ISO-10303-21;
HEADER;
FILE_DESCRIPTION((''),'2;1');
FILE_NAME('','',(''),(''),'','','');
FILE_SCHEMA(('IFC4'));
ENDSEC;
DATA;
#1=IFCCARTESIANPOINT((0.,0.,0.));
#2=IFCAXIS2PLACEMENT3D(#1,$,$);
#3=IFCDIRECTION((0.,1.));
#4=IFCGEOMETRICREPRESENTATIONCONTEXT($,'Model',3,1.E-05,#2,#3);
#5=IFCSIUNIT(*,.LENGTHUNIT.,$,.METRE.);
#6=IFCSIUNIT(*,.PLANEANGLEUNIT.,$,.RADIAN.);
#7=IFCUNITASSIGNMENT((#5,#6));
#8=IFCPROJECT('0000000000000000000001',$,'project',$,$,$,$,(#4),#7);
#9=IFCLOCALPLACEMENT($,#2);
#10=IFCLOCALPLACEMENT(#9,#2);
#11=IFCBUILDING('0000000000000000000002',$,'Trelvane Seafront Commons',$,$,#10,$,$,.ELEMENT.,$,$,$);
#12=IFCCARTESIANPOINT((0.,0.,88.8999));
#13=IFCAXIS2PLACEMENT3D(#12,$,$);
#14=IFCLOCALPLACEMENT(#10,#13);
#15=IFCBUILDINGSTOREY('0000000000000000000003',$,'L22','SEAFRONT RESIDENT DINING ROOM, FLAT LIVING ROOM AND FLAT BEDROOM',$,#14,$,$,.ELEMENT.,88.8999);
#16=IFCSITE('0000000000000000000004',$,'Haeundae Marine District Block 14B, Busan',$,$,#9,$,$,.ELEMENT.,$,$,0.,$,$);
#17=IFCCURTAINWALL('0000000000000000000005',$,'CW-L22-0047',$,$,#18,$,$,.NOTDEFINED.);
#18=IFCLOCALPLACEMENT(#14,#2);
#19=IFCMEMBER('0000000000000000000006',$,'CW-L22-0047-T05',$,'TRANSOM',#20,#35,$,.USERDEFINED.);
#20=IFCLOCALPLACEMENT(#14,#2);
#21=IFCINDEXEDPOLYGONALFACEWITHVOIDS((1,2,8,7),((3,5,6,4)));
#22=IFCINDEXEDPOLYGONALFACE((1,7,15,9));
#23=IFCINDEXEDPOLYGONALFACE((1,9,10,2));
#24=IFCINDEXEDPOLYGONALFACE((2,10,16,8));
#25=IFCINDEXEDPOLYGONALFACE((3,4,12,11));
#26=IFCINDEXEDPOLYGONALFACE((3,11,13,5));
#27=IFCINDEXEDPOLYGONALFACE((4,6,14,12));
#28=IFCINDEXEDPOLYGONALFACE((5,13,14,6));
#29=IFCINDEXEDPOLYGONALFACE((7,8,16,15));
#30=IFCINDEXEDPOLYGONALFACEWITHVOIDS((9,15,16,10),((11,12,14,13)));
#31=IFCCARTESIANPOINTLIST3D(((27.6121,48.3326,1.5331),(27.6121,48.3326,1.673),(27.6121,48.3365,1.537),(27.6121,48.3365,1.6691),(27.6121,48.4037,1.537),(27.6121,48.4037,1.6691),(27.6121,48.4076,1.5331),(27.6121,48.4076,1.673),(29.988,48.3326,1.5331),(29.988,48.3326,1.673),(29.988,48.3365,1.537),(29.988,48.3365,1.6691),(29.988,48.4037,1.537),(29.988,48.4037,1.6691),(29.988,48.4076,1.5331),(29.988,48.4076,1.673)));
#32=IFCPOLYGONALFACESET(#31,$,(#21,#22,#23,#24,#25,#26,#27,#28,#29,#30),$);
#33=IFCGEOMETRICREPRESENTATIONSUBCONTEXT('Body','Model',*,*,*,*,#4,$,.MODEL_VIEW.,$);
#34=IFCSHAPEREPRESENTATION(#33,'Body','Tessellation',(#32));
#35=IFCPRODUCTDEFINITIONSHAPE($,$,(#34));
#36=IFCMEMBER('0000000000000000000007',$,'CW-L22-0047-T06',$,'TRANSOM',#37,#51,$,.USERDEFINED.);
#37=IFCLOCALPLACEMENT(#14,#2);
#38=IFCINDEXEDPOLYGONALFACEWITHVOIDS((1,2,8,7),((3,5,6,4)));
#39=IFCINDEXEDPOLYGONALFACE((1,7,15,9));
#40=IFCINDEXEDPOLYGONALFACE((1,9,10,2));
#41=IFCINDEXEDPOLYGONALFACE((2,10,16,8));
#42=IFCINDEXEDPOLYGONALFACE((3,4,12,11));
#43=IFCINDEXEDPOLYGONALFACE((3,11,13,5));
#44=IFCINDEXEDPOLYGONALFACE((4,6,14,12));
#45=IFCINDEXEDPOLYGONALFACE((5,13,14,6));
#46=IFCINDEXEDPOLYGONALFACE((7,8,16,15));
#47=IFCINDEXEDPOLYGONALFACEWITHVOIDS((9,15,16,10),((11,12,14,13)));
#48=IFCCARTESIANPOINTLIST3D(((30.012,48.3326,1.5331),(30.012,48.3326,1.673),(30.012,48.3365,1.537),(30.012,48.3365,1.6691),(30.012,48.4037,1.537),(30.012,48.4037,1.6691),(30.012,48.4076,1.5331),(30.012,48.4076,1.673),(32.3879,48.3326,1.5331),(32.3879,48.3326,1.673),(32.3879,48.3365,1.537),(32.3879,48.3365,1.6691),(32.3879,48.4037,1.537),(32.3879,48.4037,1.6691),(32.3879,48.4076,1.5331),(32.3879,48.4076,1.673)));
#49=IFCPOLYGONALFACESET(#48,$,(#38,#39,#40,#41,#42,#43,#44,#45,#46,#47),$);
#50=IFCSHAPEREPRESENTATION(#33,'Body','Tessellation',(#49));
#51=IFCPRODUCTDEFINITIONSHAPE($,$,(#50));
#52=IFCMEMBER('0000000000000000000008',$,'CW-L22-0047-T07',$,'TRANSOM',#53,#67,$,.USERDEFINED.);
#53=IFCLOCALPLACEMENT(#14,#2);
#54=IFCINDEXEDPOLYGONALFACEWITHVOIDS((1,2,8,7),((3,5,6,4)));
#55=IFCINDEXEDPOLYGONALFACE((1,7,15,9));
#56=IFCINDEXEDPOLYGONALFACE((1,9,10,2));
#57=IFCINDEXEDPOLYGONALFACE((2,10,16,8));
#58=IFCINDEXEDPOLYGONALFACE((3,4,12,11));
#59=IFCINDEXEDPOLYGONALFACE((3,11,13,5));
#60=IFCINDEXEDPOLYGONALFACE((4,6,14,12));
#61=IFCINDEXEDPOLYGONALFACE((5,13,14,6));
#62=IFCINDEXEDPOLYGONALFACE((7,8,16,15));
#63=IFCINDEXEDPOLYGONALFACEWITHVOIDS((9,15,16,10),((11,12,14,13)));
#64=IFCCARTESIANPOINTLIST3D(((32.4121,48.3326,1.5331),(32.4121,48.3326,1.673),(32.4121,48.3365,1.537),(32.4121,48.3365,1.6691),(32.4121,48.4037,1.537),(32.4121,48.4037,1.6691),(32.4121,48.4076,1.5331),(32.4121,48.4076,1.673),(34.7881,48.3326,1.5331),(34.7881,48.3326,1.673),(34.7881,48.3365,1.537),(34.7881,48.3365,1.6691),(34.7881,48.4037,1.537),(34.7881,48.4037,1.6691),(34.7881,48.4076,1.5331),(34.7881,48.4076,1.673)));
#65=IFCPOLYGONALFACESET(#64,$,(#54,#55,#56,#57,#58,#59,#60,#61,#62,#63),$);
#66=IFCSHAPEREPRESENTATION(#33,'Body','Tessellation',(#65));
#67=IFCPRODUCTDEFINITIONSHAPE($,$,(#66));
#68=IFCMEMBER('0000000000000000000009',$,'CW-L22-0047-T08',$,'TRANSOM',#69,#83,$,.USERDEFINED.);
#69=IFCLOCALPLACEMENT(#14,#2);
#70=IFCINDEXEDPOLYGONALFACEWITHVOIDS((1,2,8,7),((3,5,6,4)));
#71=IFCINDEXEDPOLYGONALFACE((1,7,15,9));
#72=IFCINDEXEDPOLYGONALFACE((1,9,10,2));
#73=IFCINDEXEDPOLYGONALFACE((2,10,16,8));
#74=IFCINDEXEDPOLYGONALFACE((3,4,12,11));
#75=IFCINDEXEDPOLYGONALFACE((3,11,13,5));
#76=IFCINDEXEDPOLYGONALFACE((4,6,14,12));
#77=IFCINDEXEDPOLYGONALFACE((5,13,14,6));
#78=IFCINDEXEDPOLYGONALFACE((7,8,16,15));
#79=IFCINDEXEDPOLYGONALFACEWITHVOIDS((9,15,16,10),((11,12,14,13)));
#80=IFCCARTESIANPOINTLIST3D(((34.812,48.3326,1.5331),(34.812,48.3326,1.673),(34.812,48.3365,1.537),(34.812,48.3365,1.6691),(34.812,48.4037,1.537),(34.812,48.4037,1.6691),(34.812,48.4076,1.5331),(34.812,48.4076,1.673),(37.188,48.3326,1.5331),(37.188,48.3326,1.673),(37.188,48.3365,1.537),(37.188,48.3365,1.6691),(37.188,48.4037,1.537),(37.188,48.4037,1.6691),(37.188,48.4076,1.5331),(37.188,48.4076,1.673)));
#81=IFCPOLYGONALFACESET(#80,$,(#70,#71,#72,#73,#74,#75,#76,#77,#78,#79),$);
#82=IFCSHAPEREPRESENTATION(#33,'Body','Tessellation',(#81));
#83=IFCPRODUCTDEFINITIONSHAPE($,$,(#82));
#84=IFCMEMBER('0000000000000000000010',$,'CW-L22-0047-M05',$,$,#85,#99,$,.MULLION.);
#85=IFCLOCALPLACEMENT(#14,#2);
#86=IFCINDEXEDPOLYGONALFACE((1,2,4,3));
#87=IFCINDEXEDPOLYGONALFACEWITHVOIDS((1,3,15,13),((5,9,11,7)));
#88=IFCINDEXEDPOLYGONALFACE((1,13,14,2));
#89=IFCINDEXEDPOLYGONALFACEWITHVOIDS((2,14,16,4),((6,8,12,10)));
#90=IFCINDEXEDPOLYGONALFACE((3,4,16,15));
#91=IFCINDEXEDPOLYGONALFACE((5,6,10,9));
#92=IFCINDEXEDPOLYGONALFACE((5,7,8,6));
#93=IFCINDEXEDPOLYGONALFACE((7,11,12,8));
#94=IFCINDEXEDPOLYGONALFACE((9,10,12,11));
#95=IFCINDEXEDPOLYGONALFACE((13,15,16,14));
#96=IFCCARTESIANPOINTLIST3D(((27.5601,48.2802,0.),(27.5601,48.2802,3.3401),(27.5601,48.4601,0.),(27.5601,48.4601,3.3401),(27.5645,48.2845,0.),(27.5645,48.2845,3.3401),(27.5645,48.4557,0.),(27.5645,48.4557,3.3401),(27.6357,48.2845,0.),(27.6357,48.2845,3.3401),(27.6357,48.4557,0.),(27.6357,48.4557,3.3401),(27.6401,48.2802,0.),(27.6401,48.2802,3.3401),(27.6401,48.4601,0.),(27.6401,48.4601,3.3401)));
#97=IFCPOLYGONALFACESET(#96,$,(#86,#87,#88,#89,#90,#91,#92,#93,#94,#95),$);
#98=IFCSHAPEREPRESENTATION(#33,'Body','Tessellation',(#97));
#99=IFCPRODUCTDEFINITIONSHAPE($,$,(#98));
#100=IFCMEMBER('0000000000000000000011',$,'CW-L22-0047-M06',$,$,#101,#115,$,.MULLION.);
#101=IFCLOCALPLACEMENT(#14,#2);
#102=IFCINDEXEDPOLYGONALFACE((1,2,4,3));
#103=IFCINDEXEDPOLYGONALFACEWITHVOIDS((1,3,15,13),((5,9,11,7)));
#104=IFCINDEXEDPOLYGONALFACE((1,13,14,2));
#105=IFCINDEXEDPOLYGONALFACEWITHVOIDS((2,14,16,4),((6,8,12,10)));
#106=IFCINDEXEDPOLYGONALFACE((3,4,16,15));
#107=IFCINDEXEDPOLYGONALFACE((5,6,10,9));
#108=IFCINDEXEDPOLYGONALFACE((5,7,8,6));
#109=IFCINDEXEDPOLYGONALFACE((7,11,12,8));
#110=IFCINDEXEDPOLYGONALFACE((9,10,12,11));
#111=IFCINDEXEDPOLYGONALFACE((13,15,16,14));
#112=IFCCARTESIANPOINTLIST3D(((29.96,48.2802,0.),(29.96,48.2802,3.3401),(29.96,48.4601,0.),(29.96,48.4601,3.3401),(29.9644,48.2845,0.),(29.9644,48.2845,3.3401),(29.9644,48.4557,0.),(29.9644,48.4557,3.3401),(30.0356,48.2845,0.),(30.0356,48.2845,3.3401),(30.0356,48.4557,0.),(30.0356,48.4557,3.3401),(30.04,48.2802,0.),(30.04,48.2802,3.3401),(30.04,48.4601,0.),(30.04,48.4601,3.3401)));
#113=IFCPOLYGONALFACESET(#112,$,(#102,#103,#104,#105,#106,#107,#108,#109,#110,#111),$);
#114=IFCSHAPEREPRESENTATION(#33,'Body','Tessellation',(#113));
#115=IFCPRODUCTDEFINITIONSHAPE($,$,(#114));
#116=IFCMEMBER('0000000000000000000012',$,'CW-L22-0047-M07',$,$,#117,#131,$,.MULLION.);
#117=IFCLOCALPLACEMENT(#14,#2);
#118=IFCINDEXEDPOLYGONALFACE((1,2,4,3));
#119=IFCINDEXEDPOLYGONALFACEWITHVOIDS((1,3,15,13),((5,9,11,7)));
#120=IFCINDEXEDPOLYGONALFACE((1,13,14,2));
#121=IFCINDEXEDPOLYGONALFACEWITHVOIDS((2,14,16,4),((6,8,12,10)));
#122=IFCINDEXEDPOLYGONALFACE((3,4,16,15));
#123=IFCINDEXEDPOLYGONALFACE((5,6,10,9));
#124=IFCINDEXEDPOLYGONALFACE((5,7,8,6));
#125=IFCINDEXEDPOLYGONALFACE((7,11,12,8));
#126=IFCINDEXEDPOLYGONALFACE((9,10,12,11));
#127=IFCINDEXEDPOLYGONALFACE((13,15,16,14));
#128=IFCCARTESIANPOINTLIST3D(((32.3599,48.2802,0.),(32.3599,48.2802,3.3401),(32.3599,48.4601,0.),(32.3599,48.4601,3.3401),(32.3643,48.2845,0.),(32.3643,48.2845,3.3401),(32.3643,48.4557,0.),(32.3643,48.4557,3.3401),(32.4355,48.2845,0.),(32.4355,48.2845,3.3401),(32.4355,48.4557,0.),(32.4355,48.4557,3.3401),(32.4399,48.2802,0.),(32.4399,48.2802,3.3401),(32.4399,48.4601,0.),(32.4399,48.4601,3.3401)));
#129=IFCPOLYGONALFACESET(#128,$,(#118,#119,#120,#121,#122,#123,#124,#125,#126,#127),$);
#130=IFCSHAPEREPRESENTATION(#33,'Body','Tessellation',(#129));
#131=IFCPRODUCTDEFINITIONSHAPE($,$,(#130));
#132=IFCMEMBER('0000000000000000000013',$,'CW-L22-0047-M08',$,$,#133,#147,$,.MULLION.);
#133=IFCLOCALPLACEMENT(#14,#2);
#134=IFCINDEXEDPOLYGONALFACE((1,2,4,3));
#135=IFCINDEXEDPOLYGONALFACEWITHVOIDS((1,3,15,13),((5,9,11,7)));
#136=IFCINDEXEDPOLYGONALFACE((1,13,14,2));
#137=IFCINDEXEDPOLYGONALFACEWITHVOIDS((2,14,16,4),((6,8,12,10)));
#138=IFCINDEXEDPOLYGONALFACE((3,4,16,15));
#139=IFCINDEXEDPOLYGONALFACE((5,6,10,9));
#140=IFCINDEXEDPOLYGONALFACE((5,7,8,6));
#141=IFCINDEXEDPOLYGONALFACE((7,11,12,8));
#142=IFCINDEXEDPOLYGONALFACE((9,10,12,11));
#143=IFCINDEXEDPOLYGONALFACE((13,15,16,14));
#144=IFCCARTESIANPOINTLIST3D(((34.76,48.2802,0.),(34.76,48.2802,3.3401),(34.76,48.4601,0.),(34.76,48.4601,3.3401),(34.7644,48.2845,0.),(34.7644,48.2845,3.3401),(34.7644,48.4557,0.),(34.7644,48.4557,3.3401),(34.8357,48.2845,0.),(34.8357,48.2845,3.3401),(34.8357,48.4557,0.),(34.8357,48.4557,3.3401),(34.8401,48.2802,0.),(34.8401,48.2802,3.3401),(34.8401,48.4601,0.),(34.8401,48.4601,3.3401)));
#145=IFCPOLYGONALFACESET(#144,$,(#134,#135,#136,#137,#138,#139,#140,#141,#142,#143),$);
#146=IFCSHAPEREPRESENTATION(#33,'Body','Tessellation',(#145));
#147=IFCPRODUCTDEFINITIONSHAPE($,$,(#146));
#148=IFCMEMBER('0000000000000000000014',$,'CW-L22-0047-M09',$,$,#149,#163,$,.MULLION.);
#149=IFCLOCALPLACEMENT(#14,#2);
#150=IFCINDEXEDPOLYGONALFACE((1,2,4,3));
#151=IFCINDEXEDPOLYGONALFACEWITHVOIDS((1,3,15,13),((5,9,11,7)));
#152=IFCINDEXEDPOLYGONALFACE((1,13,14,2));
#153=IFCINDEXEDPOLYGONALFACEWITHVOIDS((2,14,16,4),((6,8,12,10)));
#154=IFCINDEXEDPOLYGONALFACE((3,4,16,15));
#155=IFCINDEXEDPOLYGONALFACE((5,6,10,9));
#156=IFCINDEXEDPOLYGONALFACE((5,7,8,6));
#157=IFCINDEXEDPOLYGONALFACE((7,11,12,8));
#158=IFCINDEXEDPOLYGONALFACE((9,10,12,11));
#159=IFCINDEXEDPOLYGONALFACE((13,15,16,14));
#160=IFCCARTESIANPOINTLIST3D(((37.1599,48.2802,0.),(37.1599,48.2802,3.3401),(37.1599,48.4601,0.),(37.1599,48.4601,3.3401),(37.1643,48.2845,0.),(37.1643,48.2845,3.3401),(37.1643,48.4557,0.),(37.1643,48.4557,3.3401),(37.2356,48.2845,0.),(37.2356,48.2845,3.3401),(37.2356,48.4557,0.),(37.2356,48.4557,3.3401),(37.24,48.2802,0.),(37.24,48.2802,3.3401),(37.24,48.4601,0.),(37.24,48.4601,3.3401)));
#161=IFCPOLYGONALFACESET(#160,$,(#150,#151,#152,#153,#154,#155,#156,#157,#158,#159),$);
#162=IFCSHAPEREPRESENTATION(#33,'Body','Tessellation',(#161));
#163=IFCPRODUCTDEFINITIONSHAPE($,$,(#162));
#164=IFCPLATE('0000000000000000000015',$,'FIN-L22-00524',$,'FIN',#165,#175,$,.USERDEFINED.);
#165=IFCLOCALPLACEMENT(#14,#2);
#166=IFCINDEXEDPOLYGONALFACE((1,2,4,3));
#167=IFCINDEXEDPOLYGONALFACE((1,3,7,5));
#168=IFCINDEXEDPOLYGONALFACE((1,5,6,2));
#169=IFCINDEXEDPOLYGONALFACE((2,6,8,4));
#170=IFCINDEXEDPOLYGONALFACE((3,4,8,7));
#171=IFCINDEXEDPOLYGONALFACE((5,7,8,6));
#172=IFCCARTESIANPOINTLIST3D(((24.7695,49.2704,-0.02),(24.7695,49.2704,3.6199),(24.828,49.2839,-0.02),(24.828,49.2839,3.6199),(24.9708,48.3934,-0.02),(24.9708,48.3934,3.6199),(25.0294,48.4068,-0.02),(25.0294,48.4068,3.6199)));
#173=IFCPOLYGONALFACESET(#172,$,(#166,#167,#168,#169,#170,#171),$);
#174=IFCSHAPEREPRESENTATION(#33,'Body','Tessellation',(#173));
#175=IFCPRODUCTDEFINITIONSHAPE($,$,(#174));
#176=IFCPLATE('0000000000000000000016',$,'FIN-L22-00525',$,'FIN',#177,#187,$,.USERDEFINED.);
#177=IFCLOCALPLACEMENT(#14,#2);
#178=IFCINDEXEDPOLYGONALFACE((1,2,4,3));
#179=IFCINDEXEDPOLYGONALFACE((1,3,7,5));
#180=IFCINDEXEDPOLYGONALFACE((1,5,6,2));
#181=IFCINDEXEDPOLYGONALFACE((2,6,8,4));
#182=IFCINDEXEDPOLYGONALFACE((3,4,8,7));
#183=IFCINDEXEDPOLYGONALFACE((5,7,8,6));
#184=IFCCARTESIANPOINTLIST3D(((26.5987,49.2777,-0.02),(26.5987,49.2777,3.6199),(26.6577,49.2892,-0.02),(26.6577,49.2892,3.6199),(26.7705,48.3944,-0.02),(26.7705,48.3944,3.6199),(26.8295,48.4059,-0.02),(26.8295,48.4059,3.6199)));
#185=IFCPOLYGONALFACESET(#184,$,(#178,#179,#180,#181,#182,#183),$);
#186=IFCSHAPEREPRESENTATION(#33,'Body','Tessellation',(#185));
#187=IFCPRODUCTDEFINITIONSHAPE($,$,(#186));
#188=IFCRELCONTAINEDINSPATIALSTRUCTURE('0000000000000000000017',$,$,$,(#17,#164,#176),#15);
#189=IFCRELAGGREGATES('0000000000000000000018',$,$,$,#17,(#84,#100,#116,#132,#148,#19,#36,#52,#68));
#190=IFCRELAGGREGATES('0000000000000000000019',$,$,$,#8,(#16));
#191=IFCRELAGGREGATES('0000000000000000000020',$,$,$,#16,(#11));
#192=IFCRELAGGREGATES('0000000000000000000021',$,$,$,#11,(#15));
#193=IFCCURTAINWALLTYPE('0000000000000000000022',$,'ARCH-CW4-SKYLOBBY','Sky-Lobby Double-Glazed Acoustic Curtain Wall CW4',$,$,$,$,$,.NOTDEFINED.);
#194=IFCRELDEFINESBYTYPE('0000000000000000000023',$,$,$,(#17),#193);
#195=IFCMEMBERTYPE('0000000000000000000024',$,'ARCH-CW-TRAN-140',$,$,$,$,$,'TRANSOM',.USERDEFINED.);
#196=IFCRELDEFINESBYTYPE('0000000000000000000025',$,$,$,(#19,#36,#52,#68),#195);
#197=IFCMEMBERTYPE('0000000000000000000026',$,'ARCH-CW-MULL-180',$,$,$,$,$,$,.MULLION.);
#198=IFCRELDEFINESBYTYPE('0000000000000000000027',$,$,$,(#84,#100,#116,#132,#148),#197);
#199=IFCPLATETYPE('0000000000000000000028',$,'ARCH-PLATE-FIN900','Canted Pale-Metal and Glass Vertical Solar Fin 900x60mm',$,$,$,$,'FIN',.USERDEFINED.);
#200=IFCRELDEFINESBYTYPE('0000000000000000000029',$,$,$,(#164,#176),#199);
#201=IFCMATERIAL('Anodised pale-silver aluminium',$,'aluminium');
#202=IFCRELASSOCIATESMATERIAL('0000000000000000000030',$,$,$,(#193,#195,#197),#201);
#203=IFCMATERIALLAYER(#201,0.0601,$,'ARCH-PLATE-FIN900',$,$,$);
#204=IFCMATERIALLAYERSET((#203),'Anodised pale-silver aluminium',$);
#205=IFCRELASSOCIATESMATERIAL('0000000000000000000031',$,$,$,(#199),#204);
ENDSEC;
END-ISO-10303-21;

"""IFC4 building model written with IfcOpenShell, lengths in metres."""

from ifc_helpers import new_model, si_unit, direction, frame, origin, origin_2d, place, context, subcontext, project, spatial, rectangle, hollow_rectangle, extrude, source, transform, mapped, material, layer, layer_set, material_profile, profile_set, type_object, element, aggregate, save


model = new_model("IFC4")

# Units and contexts
model_context = context("Model", 3, precision=1e-05, world=origin(), true_north=direction((0.0, 1.0)))
body_context = subcontext(model_context, "Body", "Model", "MODEL_VIEW")
ifc_project = project(units=[si_unit("LENGTHUNIT", "METRE"), si_unit("PLANEANGLEUNIT", "RADIAN")], contexts=[model_context])

# Site, building, storey
site_placement = place(None, origin())
site = spatial("IfcSite", under=ifc_project, at=site_placement, Name="Haeundae Marine District Block 14B, Busan", CompositionType="ELEMENT", RefElevation=0.0)
building_placement = place(site_placement, origin())
building = spatial("IfcBuilding", under=site, at=building_placement, Name="Trelvane Seafront Commons", CompositionType="ELEMENT")
storey_placement = place(building_placement, frame((0.0, 0.0, 88.8999)))
storey = spatial("IfcBuildingStorey", under=building, at=storey_placement, Name="L22", Description="SEAFRONT RESIDENT DINING ROOM, FLAT LIVING ROOM AND FLAT BEDROOM", CompositionType="ELEMENT", Elevation=88.8999)

# Curtain wall, members
ifc_material_1 = material(Name="Anodised pale-silver aluminium", Category="aluminium")
curtain_wall_type = type_object("IfcCurtainWallType", Name="ARCH-CW4-SKYLOBBY", Description="Sky-Lobby Double-Glazed Acoustic Curtain Wall CW4", PredefinedType="NOTDEFINED", material=ifc_material_1)
curtain_wall_placement = place(storey_placement, origin())
curtain_wall = element("IfcCurtainWall", 1, at=curtain_wall_placement, inside=storey, type_object=curtain_wall_type, Name="CW-L22-0047", PredefinedType="NOTDEFINED")
ifc_material_profile_1 = material_profile(ifc_material_1, hollow_rectangle(XDim=0.075, YDim=0.1399, WallThickness=0.0039, at=origin_2d()), Name="TRAN-75x140x4")
ifc_profile_set_1 = profile_set([ifc_material_profile_1], Name="Anodised pale-silver aluminium")
member_type_1 = type_object("IfcMemberType", Name="ARCH-CW-TRAN-140", ElementType="TRANSOM", PredefinedType="USERDEFINED", material=ifc_profile_set_1)
shared_shape_1 = source(origin(), body_context, "Body", "SweptSolid", [
    extrude(hollow_rectangle(XDim=0.075, YDim=0.1399, WallThickness=0.0039, at=origin_2d()), origin(), (0.0, 0.0, 1.0), 2.376),
])
member_1_placement = place(storey_placement, frame((27.6121, 48.3701, 1.603), z_axis=(1.0, 0.0, 0.0), x_axis=(0.0, 1.0, 0.0)))
member_1 = element("IfcMember", 2, at=member_1_placement, type_object=member_type_1, Name="CW-L22-0047-T05", ObjectType="TRANSOM", PredefinedType="USERDEFINED", context=body_context, shape_type="MappedRepresentation", body=[
    mapped(shared_shape_1, transform((0.0, 0.0, 0.0), x_axis=(1.0, 0.0, 0.0), y_axis=(0.0, 1.0, 0.0), z_axis=(0.0, 0.0, 1.0), scale=1.0)),
])
member_2_placement = place(storey_placement, frame((30.012, 48.3701, 1.603), z_axis=(1.0, 0.0, 0.0), x_axis=(0.0, 1.0, 0.0)))
member_2 = element("IfcMember", 3, at=member_2_placement, type_object=member_type_1, Name="CW-L22-0047-T06", ObjectType="TRANSOM", PredefinedType="USERDEFINED", context=body_context, shape_type="MappedRepresentation", body=[
    mapped(shared_shape_1, transform((0.0, 0.0, 0.0), x_axis=(1.0, 0.0, 0.0), y_axis=(0.0, 1.0, 0.0), z_axis=(0.0, 0.0, 1.0), scale=1.0)),
])
member_3_placement = place(storey_placement, frame((32.4121, 48.3701, 1.603), z_axis=(1.0, 0.0, 0.0), x_axis=(0.0, 1.0, 0.0)))
member_3 = element("IfcMember", 4, at=member_3_placement, type_object=member_type_1, Name="CW-L22-0047-T07", ObjectType="TRANSOM", PredefinedType="USERDEFINED", context=body_context, shape_type="MappedRepresentation", body=[
    mapped(shared_shape_1, transform((0.0, 0.0, 0.0), x_axis=(1.0, 0.0, 0.0), y_axis=(0.0, 1.0, 0.0), z_axis=(0.0, 0.0, 1.0), scale=1.0)),
])
member_4_placement = place(storey_placement, frame((34.812, 48.3701, 1.603), z_axis=(1.0, 0.0, 0.0), x_axis=(0.0, 1.0, 0.0)))
member_4 = element("IfcMember", 5, at=member_4_placement, type_object=member_type_1, Name="CW-L22-0047-T08", ObjectType="TRANSOM", PredefinedType="USERDEFINED", context=body_context, shape_type="MappedRepresentation", body=[
    mapped(shared_shape_1, transform((0.0, 0.0, 0.0), x_axis=(1.0, 0.0, 0.0), y_axis=(0.0, 1.0, 0.0), z_axis=(0.0, 0.0, 1.0), scale=1.0)),
])
ifc_material_profile_2 = material_profile(ifc_material_1, hollow_rectangle(XDim=0.0801, YDim=0.1799, WallThickness=0.0044, at=origin_2d()), Name="MULL-80x180x4.5")
ifc_profile_set_2 = profile_set([ifc_material_profile_2], Name="Anodised pale-silver aluminium")
member_type_2 = type_object("IfcMemberType", Name="ARCH-CW-MULL-180", PredefinedType="MULLION", material=ifc_profile_set_2)
shared_shape_2 = source(origin(), body_context, "Body", "SweptSolid", [
    extrude(hollow_rectangle(XDim=0.0801, YDim=0.1799, WallThickness=0.0044, at=origin_2d()), origin(), (0.0, 0.0, 1.0), 3.3401),
])
member_5_placement = place(storey_placement, frame((27.6001, 48.3701, 0.0), z_axis=(0.0, 0.0, 1.0), x_axis=(1.0, 0.0, 0.0)))
member_5 = element("IfcMember", 6, at=member_5_placement, type_object=member_type_2, Name="CW-L22-0047-M05", PredefinedType="MULLION", context=body_context, shape_type="MappedRepresentation", body=[
    mapped(shared_shape_2, transform((0.0, 0.0, 0.0), x_axis=(1.0, 0.0, 0.0), y_axis=(0.0, 1.0, 0.0), z_axis=(0.0, 0.0, 1.0), scale=1.0)),
])
member_6_placement = place(storey_placement, frame((30.0, 48.3701, 0.0), z_axis=(0.0, 0.0, 1.0), x_axis=(1.0, 0.0, 0.0)))
member_6 = element("IfcMember", 7, at=member_6_placement, type_object=member_type_2, Name="CW-L22-0047-M06", PredefinedType="MULLION", context=body_context, shape_type="MappedRepresentation", body=[
    mapped(shared_shape_2, transform((0.0, 0.0, 0.0), x_axis=(1.0, 0.0, 0.0), y_axis=(0.0, 1.0, 0.0), z_axis=(0.0, 0.0, 1.0), scale=1.0)),
])
member_7_placement = place(storey_placement, frame((32.3999, 48.3701, 0.0), z_axis=(0.0, 0.0, 1.0), x_axis=(1.0, 0.0, 0.0)))
member_7 = element("IfcMember", 8, at=member_7_placement, type_object=member_type_2, Name="CW-L22-0047-M07", PredefinedType="MULLION", context=body_context, shape_type="MappedRepresentation", body=[
    mapped(shared_shape_2, transform((0.0, 0.0, 0.0), x_axis=(1.0, 0.0, 0.0), y_axis=(0.0, 1.0, 0.0), z_axis=(0.0, 0.0, 1.0), scale=1.0)),
])
member_8_placement = place(storey_placement, frame((34.8, 48.3701, 0.0), z_axis=(0.0, 0.0, 1.0), x_axis=(1.0, 0.0, 0.0)))
member_8 = element("IfcMember", 9, at=member_8_placement, type_object=member_type_2, Name="CW-L22-0047-M08", PredefinedType="MULLION", context=body_context, shape_type="MappedRepresentation", body=[
    mapped(shared_shape_2, transform((0.0, 0.0, 0.0), x_axis=(1.0, 0.0, 0.0), y_axis=(0.0, 1.0, 0.0), z_axis=(0.0, 0.0, 1.0), scale=1.0)),
])
member_9_placement = place(storey_placement, frame((37.2, 48.3701, 0.0), z_axis=(0.0, 0.0, 1.0), x_axis=(1.0, 0.0, 0.0)))
member_9 = element("IfcMember", 10, at=member_9_placement, type_object=member_type_2, Name="CW-L22-0047-M09", PredefinedType="MULLION", context=body_context, shape_type="MappedRepresentation", body=[
    mapped(shared_shape_2, transform((0.0, 0.0, 0.0), x_axis=(1.0, 0.0, 0.0), y_axis=(0.0, 1.0, 0.0), z_axis=(0.0, 0.0, 1.0), scale=1.0)),
])

# Plates
ifc_layer_1 = layer(ifc_material_1, 0.0601, Name="ARCH-PLATE-FIN900")
ifc_layer_set_1 = layer_set([ifc_layer_1], Name="Anodised pale-silver aluminium")
plate_type_1 = type_object("IfcPlateType", Name="ARCH-PLATE-FIN900", Description="Canted Pale-Metal and Glass Vertical Solar Fin 900x60mm", ElementType="FIN", PredefinedType="USERDEFINED", material=ifc_layer_set_1)
shared_shape_3 = source(origin(), body_context, "Body", "SweptSolid", [
    extrude(rectangle(XDim=0.8999, YDim=0.0601, at=origin_2d()), origin(), (0.0, 0.0, 1.0), 3.6399),
])
for number, where, z_axis, x_axis, name in (
    (11, (24.8994, 48.8386, -0.02), (0.0, 0.0, 1.0), (-0.223772, 0.974641, 0.0), "FIN-L22-00524"),
    (12, (26.7141, 48.8418, -0.02), (0.0, 0.0, 1.0), (-0.190879, 0.981614, 0.0), "FIN-L22-00525"),
):
    element("IfcPlate", number, at=place(storey_placement, frame(where, z_axis=z_axis, x_axis=x_axis)), inside=storey, type_object=plate_type_1, Name=name, ObjectType="FIN", PredefinedType="USERDEFINED", context=body_context, shape_type="MappedRepresentation", body=[
        mapped(shared_shape_3, transform((0.0, 0.0, 0.0), x_axis=(1.0, 0.0, 0.0), y_axis=(0.0, 1.0, 0.0), z_axis=(0.0, 0.0, 1.0), scale=1.0)),
    ])

aggregate(curtain_wall, [member_5, member_6, member_7, member_8, member_9, member_1, member_2, member_3, member_4])

save(model, "model.ifc")
